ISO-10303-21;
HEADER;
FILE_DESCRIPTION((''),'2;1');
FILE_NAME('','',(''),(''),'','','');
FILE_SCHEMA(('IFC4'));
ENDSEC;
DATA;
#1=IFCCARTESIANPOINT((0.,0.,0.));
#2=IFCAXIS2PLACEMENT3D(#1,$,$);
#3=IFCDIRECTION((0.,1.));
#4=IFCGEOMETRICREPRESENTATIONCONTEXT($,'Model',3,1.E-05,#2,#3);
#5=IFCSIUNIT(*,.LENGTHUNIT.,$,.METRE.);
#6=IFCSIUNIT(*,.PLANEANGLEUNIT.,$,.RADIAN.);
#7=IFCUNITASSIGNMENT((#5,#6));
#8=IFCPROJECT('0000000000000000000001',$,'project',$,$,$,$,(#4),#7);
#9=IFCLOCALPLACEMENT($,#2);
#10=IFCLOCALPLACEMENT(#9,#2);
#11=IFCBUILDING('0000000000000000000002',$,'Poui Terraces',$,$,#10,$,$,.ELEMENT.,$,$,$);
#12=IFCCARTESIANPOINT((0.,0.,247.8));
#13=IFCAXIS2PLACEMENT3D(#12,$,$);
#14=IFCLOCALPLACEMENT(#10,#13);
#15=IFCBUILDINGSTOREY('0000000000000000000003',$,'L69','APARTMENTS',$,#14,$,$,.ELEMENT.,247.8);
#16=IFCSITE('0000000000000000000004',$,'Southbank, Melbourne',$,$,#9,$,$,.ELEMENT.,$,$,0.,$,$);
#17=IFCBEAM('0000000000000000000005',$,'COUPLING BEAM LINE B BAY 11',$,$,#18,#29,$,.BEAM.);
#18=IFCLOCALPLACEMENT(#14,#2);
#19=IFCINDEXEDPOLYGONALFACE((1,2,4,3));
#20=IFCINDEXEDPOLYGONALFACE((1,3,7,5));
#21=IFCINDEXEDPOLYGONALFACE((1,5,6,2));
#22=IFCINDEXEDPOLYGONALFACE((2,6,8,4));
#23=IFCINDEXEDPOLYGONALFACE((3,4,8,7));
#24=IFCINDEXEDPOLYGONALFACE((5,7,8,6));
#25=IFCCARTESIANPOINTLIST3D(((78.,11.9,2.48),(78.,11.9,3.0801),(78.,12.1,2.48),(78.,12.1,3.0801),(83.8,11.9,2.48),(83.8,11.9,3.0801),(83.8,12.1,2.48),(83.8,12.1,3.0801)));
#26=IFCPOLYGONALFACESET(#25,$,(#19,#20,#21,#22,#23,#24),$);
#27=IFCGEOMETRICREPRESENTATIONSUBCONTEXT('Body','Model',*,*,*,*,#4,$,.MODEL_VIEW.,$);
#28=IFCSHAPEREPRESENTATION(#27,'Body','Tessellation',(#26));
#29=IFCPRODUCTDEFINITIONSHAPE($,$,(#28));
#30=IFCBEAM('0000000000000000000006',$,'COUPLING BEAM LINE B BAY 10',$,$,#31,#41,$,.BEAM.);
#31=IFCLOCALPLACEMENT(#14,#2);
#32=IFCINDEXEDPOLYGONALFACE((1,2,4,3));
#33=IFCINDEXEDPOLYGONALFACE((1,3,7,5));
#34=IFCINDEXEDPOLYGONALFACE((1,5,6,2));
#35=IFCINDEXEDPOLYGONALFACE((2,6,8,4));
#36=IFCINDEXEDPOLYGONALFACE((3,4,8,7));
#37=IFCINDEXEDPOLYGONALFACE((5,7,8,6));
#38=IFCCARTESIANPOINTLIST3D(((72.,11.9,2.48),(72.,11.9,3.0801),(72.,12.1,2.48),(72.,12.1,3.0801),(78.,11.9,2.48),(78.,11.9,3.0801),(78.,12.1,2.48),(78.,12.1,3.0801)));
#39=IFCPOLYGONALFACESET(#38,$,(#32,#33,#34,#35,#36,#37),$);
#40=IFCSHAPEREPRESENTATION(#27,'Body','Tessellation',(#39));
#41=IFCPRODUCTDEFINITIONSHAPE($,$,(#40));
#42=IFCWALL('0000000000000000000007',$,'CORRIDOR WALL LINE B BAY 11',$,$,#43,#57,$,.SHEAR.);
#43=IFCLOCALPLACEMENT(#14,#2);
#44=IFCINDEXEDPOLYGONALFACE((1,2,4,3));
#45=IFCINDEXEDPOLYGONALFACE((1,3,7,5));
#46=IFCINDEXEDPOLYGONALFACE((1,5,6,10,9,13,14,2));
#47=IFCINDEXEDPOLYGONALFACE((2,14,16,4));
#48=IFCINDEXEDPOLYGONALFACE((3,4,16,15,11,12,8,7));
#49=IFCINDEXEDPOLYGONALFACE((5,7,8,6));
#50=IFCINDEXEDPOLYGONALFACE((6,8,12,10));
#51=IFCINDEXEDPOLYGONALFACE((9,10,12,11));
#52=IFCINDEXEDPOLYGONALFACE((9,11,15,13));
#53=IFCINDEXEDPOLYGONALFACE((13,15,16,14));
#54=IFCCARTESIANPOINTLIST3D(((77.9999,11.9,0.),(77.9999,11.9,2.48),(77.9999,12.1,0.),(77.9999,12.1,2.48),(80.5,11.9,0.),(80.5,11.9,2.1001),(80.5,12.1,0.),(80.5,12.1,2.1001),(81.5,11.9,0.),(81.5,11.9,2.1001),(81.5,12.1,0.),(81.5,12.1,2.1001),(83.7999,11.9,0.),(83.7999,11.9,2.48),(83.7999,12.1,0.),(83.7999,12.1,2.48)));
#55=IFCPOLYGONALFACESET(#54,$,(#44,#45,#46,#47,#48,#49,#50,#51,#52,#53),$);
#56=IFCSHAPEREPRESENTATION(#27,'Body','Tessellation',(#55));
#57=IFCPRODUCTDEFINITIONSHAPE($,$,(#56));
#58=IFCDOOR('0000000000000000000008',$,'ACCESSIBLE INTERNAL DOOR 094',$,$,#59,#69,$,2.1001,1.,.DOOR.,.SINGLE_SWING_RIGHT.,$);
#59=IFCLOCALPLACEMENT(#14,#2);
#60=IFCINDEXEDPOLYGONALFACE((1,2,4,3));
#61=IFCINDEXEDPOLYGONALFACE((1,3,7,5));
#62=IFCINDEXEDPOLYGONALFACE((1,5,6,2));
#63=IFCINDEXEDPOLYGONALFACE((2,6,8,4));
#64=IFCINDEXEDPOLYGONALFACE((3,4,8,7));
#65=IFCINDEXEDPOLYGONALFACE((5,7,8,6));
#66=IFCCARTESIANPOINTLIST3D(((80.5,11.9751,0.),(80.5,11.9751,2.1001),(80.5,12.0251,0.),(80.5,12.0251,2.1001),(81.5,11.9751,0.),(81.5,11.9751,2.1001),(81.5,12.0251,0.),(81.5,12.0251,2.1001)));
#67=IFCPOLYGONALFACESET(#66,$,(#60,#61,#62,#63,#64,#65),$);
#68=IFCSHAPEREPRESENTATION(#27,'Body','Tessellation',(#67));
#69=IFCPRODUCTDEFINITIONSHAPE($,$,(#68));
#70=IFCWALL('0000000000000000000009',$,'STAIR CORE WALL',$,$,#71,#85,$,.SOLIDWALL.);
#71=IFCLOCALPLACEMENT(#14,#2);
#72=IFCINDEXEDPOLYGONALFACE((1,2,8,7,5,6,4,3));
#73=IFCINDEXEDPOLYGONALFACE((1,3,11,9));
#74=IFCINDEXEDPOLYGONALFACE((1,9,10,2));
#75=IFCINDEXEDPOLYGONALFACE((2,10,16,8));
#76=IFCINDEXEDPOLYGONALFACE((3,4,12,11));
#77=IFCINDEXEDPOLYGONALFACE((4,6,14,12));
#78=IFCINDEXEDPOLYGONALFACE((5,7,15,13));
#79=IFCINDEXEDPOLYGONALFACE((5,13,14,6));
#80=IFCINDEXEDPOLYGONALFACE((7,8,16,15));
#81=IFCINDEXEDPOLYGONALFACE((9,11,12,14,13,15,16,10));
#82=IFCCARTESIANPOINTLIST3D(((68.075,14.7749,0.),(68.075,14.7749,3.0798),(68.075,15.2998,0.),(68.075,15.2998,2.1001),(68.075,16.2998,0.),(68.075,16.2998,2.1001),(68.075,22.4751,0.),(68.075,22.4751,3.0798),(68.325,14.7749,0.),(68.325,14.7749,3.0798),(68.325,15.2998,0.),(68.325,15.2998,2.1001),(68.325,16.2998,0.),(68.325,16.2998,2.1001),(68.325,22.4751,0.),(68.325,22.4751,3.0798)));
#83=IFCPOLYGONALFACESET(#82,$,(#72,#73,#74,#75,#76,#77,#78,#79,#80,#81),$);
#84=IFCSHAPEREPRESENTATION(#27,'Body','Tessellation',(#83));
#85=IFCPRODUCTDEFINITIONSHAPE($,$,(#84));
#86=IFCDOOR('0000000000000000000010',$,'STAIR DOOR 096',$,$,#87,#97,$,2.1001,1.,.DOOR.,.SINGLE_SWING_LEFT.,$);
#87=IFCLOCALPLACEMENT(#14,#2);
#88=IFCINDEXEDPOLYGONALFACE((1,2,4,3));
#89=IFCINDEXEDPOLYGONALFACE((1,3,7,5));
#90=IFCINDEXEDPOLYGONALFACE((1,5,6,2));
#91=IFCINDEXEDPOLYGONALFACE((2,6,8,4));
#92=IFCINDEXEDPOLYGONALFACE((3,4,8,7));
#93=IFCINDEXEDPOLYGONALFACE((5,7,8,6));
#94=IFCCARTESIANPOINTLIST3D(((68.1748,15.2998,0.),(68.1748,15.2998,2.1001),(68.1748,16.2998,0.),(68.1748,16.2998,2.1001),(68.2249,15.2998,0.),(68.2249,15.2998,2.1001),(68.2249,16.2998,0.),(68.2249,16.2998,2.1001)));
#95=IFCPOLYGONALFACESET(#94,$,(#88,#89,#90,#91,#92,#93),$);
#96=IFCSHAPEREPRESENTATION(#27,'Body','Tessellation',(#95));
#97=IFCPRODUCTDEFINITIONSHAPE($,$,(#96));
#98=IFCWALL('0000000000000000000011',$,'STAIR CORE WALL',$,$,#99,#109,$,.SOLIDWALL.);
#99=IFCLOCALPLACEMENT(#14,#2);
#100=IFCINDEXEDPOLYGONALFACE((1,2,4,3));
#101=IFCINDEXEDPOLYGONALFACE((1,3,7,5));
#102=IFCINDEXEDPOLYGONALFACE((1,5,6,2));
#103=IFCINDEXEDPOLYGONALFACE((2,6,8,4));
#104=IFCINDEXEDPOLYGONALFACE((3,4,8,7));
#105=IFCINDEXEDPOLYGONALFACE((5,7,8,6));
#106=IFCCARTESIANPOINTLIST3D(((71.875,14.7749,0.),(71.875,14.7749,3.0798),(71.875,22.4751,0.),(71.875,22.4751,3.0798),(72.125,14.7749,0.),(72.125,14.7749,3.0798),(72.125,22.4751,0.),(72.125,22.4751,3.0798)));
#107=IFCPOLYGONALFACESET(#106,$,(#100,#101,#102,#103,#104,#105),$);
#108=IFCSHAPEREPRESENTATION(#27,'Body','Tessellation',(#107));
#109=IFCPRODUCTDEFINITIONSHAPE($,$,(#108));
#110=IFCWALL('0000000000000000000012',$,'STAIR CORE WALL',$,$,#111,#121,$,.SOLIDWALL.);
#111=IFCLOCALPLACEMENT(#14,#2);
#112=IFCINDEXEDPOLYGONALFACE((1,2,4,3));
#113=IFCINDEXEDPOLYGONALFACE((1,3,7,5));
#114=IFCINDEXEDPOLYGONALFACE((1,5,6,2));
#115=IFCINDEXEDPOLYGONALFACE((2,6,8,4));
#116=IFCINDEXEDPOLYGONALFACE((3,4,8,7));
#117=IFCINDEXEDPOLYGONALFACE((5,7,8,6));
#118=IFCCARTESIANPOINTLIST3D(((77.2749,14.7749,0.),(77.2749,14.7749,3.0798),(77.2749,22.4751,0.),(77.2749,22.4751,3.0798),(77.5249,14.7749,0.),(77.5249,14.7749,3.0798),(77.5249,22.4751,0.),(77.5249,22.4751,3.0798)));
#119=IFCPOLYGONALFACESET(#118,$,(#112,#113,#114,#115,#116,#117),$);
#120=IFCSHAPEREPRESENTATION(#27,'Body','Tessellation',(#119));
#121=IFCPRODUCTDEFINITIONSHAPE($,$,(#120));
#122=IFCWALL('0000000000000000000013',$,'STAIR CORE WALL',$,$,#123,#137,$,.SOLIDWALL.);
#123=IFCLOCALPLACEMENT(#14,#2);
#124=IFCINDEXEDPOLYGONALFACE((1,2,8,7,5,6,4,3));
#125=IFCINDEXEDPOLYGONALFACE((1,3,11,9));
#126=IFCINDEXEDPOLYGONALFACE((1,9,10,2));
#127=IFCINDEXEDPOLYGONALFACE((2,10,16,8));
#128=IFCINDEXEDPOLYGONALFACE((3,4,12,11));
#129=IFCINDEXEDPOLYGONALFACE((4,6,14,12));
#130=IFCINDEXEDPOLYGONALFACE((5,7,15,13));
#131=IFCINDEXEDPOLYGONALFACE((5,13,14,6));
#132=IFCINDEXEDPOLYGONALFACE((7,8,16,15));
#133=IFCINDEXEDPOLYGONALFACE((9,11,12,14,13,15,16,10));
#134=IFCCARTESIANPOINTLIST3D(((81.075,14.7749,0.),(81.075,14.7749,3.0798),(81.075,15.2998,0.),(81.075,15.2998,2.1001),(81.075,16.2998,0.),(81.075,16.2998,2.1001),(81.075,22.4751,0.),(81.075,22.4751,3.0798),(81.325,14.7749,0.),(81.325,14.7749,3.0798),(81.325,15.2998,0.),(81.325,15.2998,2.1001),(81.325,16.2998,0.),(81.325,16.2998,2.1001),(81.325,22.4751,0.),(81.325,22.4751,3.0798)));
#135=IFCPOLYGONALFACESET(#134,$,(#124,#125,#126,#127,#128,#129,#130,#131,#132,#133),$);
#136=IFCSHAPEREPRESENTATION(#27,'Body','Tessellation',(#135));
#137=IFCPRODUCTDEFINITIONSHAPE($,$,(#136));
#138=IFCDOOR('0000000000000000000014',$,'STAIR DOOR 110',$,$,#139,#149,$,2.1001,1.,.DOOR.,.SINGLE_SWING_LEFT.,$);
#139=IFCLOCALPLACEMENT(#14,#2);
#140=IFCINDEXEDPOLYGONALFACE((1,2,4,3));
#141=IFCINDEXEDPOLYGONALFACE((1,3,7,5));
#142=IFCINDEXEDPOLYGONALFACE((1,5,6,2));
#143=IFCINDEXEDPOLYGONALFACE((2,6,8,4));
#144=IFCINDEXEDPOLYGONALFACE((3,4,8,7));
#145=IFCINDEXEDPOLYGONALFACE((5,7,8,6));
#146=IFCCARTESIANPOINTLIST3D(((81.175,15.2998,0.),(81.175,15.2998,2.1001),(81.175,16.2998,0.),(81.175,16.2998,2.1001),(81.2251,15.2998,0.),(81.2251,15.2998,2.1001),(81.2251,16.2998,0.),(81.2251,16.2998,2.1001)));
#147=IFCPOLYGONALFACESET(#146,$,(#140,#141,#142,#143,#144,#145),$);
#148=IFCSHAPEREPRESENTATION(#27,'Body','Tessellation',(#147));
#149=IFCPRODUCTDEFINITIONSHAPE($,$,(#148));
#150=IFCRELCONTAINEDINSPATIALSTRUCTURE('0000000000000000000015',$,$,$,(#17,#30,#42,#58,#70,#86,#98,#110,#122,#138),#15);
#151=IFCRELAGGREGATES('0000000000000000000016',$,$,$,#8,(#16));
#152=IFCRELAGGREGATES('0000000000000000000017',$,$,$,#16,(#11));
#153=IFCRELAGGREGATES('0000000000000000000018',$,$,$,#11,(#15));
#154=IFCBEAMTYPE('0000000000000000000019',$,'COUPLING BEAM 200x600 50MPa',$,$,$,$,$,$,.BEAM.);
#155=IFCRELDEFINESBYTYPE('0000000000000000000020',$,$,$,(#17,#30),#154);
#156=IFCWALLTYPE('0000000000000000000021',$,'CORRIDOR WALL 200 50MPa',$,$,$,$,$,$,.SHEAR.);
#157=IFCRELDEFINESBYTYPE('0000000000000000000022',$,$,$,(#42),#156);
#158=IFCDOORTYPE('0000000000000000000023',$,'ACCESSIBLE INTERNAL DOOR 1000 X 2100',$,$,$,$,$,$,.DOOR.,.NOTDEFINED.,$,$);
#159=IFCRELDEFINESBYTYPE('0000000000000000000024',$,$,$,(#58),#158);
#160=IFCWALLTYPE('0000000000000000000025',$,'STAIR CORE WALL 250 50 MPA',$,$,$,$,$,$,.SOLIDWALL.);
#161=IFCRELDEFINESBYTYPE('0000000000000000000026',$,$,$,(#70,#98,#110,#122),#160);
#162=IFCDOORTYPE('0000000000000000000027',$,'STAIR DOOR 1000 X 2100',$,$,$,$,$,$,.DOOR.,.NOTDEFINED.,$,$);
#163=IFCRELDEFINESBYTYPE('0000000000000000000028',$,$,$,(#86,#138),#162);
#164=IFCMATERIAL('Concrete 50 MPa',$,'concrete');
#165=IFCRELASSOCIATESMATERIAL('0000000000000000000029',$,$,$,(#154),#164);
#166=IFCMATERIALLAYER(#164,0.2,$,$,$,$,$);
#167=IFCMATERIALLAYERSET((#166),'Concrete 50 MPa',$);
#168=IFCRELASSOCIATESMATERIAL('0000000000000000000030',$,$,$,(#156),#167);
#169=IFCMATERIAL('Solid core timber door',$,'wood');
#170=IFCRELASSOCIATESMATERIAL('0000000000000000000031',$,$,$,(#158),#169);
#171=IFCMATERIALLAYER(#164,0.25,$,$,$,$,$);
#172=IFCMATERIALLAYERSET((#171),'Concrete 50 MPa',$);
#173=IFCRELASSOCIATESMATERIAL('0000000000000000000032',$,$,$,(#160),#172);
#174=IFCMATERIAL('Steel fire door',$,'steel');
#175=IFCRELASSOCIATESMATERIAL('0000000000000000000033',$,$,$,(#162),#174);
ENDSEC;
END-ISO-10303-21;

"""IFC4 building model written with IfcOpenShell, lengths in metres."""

from ifc_helpers import new_model, si_unit, direction, frame, frame_2d, origin, origin_2d, place, context, subcontext, project, spatial, rectangle, extrude, source, transform, mapped, material, layer, layer_set, material_profile, profile_set, type_object, element, fill, save


model = new_model("IFC4")

# Units and contexts
model_context = context("Model", 3, precision=1e-05, world=origin(), true_north=direction((0.0, 1.0)))
body_context = subcontext(model_context, "Body", "Model", "MODEL_VIEW")
ifc_project = project(units=[si_unit("LENGTHUNIT", "METRE"), si_unit("PLANEANGLEUNIT", "RADIAN")], contexts=[model_context])

# Site, building, storey
site_placement = place(None, origin())
site = spatial("IfcSite", under=ifc_project, at=site_placement, Name="Southbank, Melbourne", CompositionType="ELEMENT", RefElevation=0.0)
building_placement = place(site_placement, origin())
building = spatial("IfcBuilding", under=site, at=building_placement, Name="Poui Terraces", CompositionType="ELEMENT")
storey_placement = place(building_placement, frame((0.0, 0.0, 247.8)))
storey = spatial("IfcBuildingStorey", under=building, at=storey_placement, Name="L69", Description="APARTMENTS", CompositionType="ELEMENT", Elevation=247.8)

# Beams
ifc_material_1 = material(Name="Concrete 50 MPa", Category="concrete")
ifc_material_profile = material_profile(ifc_material_1, rectangle(XDim=0.2, YDim=0.6001, at=origin_2d()), Name="RC 200x600")
ifc_profile_set = profile_set([ifc_material_profile], Name="Concrete 50 MPa")
beam_type = type_object("IfcBeamType", Name="COUPLING BEAM 200x600 50MPa", PredefinedType="BEAM", material=ifc_profile_set)
shared_shape_1 = source(origin(), body_context, "Body", "SweptSolid", [
    extrude(rectangle(XDim=0.2, YDim=0.6001, at=origin_2d()), origin(), (0.0, 0.0, 1.0), 5.8),
])
beam_1_placement = place(storey_placement, frame((78.0, 12.0, 2.78), z_axis=(1.0, 0.0, 0.0), x_axis=(0.0, 1.0, 0.0)))
element("IfcBeam", 1, at=beam_1_placement, inside=storey, type_object=beam_type, Name="COUPLING BEAM LINE B BAY 11", PredefinedType="BEAM", context=body_context, shape_type="MappedRepresentation", body=[
    mapped(shared_shape_1, transform((0.0, 0.0, 0.0))),
])
shared_shape_2 = source(origin(), body_context, "Body", "SweptSolid", [
    extrude(rectangle(XDim=0.2, YDim=0.6001, at=origin_2d()), origin(), (0.0, 0.0, 1.0), 6.0),
])
beam_2_placement = place(storey_placement, frame((72.0, 12.0, 2.78), z_axis=(1.0, 0.0, 0.0), x_axis=(0.0, 1.0, 0.0)))
element("IfcBeam", 2, at=beam_2_placement, inside=storey, type_object=beam_type, Name="COUPLING BEAM LINE B BAY 10", PredefinedType="BEAM", context=body_context, shape_type="MappedRepresentation", body=[
    mapped(shared_shape_2, transform((0.0, 0.0, 0.0))),
])

# Walls, openings, doors
ifc_layer_1 = layer(ifc_material_1, 0.2)
ifc_layer_set_1 = layer_set([ifc_layer_1], Name="Concrete 50 MPa")
wall_type_1 = type_object("IfcWallType", Name="CORRIDOR WALL 200 50MPa", PredefinedType="SHEAR", material=ifc_layer_set_1)
wall_1_placement = place(storey_placement, frame((78.0, 12.0, 0.0), z_axis=(0.0, 0.0, 1.0), x_axis=(1.0, 0.0, 0.0)))
wall_1 = element("IfcWall", 3, at=wall_1_placement, inside=storey, type_object=wall_type_1, Name="CORRIDOR WALL LINE B BAY 11", PredefinedType="SHEAR", context=body_context, shape_type="SweptSolid", body=[
    extrude(rectangle(XDim=5.8, YDim=0.2, at=frame_2d((2.8999, 0.0))), origin(), (0.0, 0.0, 1.0), 2.48),
])
opening_1_placement = place(wall_1_placement, frame((2.5, 0.0, 0.0)))
opening_1 = element("IfcOpeningElement", 4, at=opening_1_placement, cuts=wall_1, PredefinedType="OPENING", context=body_context, shape_type="SweptSolid", body=[
    extrude(rectangle(XDim=1.0, YDim=2.1001, at=frame_2d((0.5, 1.05))), frame((0.0, 0.1099, 0.0), z_axis=(0.0, -1.0, 0.0), x_axis=(1.0, 0.0, 0.0)), (0.0, 0.0, 1.0), 0.22),
])
ifc_material_2 = material(Name="Solid core timber door", Category="wood")
door_type_1 = type_object("IfcDoorType", Name="ACCESSIBLE INTERNAL DOOR 1000 X 2100", OperationType="NOTDEFINED", PredefinedType="DOOR", material=ifc_material_2)
door_1_placement = place(opening_1_placement, frame((1.0, 0.0, 0.0), z_axis=(0.0, 0.0, 1.0), x_axis=(-1.0, 0.0, 0.0)))
door_1 = element("IfcDoor", 5, at=door_1_placement, inside=storey, type_object=door_type_1, Name="ACCESSIBLE INTERNAL DOOR 094", OperationType="SINGLE_SWING_RIGHT", OverallHeight=2.1001, OverallWidth=1.0, PredefinedType="DOOR", context=body_context, shape_type="SweptSolid", body=[
    extrude(rectangle(XDim=1.0, YDim=2.1001, at=frame_2d((0.5, 1.05))), frame((0.0, 0.0249, 0.0), z_axis=(0.0, -1.0, 0.0), x_axis=(1.0, 0.0, 0.0)), (0.0, 0.0, 1.0), 0.05),
])
fill(opening_1, door_1)
ifc_layer_2 = layer(ifc_material_1, 0.25)
ifc_layer_set_2 = layer_set([ifc_layer_2], Name="Concrete 50 MPa")
wall_type_2 = type_object("IfcWallType", Name="STAIR CORE WALL 250 50 MPA", PredefinedType="SOLIDWALL", material=ifc_layer_set_2)
wall_2_placement = place(storey_placement, frame((68.2, 14.7749, 0.0), z_axis=(0.0, 0.0, 1.0), x_axis=(0.0, 1.0, 0.0)))
wall_2 = element("IfcWall", 6, at=wall_2_placement, inside=storey, type_object=wall_type_2, Name="STAIR CORE WALL", PredefinedType="SOLIDWALL", context=body_context, shape_type="SweptSolid", body=[
    extrude(rectangle(XDim=7.7002, YDim=0.25, at=frame_2d((3.8501, 0.0))), origin(), (0.0, 0.0, 1.0), 3.0798),
])
opening_2_placement = place(wall_2_placement, frame((0.5249, 0.0, 0.0)))
opening_2 = element("IfcOpeningElement", 7, at=opening_2_placement, cuts=wall_2, PredefinedType="OPENING", context=body_context, shape_type="SweptSolid", body=[
    extrude(rectangle(XDim=1.0, YDim=2.1001, at=frame_2d((0.5, 1.05))), frame((0.0, 0.135, 0.0), z_axis=(0.0, -1.0, 0.0), x_axis=(1.0, 0.0, 0.0)), (0.0, 0.0, 1.0), 0.27),
])
ifc_material_3 = material(Name="Steel fire door", Category="steel")
door_type_2 = type_object("IfcDoorType", Name="STAIR DOOR 1000 X 2100", OperationType="NOTDEFINED", PredefinedType="DOOR", material=ifc_material_3)
door_2_placement = place(opening_2_placement, frame((1.0, 0.0, 0.0), z_axis=(0.0, 0.0, 1.0), x_axis=(-1.0, 0.0, 0.0)))
door_2 = element("IfcDoor", 8, at=door_2_placement, inside=storey, type_object=door_type_2, Name="STAIR DOOR 096", OperationType="SINGLE_SWING_LEFT", OverallHeight=2.1001, OverallWidth=1.0, PredefinedType="DOOR", context=body_context, shape_type="SweptSolid", body=[
    extrude(rectangle(XDim=1.0, YDim=2.1001, at=frame_2d((0.5, 1.05))), frame((0.0, 0.0249, 0.0), z_axis=(0.0, -1.0, 0.0), x_axis=(1.0, 0.0, 0.0)), (0.0, 0.0, 1.0), 0.05),
])
fill(opening_2, door_2)

# Walls
for number, where, z_axis, x_axis, name in (
    (9, (72.0, 14.7749, 0.0), (0.0, 0.0, 1.0), (0.0, 1.0, 0.0), "STAIR CORE WALL"),
    (10, (77.3999, 14.7749, 0.0), (0.0, 0.0, 1.0), (0.0, 1.0, 0.0), "STAIR CORE WALL"),
):
    element("IfcWall", number, at=place(storey_placement, frame(where, z_axis=z_axis, x_axis=x_axis)), inside=storey, type_object=wall_type_2, Name=name, PredefinedType="SOLIDWALL", context=body_context, shape_type="SweptSolid", body=[
        extrude(rectangle(XDim=7.7002, YDim=0.25, at=frame_2d((3.8501, 0.0))), origin(), (0.0, 0.0, 1.0), 3.0798),
    ])

# Wall, opening, door
wall_3_placement = place(storey_placement, frame((81.2, 14.7749, 0.0), z_axis=(0.0, 0.0, 1.0), x_axis=(0.0, 1.0, 0.0)))
wall_3 = element("IfcWall", 11, at=wall_3_placement, inside=storey, type_object=wall_type_2, Name="STAIR CORE WALL", PredefinedType="SOLIDWALL", context=body_context, shape_type="SweptSolid", body=[
    extrude(rectangle(XDim=7.7002, YDim=0.25, at=frame_2d((3.8501, 0.0))), origin(), (0.0, 0.0, 1.0), 3.0798),
])
opening_3_placement = place(wall_3_placement, frame((0.5249, 0.0, 0.0)))
opening_3 = element("IfcOpeningElement", 12, at=opening_3_placement, cuts=wall_3, PredefinedType="OPENING", context=body_context, shape_type="SweptSolid", body=[
    extrude(rectangle(XDim=1.0, YDim=2.1001, at=frame_2d((0.5, 1.05))), frame((0.0, 0.135, 0.0), z_axis=(0.0, -1.0, 0.0), x_axis=(1.0, 0.0, 0.0)), (0.0, 0.0, 1.0), 0.27),
])
door_3_placement = place(opening_3_placement, origin())
door_3 = element("IfcDoor", 13, at=door_3_placement, inside=storey, type_object=door_type_2, Name="STAIR DOOR 110", OperationType="SINGLE_SWING_LEFT", OverallHeight=2.1001, OverallWidth=1.0, PredefinedType="DOOR", context=body_context, shape_type="SweptSolid", body=[
    extrude(rectangle(XDim=1.0, YDim=2.1001, at=frame_2d((0.5, 1.05))), frame((0.0, 0.0249, 0.0), z_axis=(0.0, -1.0, 0.0), x_axis=(1.0, 0.0, 0.0)), (0.0, 0.0, 1.0), 0.05),
])
fill(opening_3, door_3)

save(model, "model.ifc")
